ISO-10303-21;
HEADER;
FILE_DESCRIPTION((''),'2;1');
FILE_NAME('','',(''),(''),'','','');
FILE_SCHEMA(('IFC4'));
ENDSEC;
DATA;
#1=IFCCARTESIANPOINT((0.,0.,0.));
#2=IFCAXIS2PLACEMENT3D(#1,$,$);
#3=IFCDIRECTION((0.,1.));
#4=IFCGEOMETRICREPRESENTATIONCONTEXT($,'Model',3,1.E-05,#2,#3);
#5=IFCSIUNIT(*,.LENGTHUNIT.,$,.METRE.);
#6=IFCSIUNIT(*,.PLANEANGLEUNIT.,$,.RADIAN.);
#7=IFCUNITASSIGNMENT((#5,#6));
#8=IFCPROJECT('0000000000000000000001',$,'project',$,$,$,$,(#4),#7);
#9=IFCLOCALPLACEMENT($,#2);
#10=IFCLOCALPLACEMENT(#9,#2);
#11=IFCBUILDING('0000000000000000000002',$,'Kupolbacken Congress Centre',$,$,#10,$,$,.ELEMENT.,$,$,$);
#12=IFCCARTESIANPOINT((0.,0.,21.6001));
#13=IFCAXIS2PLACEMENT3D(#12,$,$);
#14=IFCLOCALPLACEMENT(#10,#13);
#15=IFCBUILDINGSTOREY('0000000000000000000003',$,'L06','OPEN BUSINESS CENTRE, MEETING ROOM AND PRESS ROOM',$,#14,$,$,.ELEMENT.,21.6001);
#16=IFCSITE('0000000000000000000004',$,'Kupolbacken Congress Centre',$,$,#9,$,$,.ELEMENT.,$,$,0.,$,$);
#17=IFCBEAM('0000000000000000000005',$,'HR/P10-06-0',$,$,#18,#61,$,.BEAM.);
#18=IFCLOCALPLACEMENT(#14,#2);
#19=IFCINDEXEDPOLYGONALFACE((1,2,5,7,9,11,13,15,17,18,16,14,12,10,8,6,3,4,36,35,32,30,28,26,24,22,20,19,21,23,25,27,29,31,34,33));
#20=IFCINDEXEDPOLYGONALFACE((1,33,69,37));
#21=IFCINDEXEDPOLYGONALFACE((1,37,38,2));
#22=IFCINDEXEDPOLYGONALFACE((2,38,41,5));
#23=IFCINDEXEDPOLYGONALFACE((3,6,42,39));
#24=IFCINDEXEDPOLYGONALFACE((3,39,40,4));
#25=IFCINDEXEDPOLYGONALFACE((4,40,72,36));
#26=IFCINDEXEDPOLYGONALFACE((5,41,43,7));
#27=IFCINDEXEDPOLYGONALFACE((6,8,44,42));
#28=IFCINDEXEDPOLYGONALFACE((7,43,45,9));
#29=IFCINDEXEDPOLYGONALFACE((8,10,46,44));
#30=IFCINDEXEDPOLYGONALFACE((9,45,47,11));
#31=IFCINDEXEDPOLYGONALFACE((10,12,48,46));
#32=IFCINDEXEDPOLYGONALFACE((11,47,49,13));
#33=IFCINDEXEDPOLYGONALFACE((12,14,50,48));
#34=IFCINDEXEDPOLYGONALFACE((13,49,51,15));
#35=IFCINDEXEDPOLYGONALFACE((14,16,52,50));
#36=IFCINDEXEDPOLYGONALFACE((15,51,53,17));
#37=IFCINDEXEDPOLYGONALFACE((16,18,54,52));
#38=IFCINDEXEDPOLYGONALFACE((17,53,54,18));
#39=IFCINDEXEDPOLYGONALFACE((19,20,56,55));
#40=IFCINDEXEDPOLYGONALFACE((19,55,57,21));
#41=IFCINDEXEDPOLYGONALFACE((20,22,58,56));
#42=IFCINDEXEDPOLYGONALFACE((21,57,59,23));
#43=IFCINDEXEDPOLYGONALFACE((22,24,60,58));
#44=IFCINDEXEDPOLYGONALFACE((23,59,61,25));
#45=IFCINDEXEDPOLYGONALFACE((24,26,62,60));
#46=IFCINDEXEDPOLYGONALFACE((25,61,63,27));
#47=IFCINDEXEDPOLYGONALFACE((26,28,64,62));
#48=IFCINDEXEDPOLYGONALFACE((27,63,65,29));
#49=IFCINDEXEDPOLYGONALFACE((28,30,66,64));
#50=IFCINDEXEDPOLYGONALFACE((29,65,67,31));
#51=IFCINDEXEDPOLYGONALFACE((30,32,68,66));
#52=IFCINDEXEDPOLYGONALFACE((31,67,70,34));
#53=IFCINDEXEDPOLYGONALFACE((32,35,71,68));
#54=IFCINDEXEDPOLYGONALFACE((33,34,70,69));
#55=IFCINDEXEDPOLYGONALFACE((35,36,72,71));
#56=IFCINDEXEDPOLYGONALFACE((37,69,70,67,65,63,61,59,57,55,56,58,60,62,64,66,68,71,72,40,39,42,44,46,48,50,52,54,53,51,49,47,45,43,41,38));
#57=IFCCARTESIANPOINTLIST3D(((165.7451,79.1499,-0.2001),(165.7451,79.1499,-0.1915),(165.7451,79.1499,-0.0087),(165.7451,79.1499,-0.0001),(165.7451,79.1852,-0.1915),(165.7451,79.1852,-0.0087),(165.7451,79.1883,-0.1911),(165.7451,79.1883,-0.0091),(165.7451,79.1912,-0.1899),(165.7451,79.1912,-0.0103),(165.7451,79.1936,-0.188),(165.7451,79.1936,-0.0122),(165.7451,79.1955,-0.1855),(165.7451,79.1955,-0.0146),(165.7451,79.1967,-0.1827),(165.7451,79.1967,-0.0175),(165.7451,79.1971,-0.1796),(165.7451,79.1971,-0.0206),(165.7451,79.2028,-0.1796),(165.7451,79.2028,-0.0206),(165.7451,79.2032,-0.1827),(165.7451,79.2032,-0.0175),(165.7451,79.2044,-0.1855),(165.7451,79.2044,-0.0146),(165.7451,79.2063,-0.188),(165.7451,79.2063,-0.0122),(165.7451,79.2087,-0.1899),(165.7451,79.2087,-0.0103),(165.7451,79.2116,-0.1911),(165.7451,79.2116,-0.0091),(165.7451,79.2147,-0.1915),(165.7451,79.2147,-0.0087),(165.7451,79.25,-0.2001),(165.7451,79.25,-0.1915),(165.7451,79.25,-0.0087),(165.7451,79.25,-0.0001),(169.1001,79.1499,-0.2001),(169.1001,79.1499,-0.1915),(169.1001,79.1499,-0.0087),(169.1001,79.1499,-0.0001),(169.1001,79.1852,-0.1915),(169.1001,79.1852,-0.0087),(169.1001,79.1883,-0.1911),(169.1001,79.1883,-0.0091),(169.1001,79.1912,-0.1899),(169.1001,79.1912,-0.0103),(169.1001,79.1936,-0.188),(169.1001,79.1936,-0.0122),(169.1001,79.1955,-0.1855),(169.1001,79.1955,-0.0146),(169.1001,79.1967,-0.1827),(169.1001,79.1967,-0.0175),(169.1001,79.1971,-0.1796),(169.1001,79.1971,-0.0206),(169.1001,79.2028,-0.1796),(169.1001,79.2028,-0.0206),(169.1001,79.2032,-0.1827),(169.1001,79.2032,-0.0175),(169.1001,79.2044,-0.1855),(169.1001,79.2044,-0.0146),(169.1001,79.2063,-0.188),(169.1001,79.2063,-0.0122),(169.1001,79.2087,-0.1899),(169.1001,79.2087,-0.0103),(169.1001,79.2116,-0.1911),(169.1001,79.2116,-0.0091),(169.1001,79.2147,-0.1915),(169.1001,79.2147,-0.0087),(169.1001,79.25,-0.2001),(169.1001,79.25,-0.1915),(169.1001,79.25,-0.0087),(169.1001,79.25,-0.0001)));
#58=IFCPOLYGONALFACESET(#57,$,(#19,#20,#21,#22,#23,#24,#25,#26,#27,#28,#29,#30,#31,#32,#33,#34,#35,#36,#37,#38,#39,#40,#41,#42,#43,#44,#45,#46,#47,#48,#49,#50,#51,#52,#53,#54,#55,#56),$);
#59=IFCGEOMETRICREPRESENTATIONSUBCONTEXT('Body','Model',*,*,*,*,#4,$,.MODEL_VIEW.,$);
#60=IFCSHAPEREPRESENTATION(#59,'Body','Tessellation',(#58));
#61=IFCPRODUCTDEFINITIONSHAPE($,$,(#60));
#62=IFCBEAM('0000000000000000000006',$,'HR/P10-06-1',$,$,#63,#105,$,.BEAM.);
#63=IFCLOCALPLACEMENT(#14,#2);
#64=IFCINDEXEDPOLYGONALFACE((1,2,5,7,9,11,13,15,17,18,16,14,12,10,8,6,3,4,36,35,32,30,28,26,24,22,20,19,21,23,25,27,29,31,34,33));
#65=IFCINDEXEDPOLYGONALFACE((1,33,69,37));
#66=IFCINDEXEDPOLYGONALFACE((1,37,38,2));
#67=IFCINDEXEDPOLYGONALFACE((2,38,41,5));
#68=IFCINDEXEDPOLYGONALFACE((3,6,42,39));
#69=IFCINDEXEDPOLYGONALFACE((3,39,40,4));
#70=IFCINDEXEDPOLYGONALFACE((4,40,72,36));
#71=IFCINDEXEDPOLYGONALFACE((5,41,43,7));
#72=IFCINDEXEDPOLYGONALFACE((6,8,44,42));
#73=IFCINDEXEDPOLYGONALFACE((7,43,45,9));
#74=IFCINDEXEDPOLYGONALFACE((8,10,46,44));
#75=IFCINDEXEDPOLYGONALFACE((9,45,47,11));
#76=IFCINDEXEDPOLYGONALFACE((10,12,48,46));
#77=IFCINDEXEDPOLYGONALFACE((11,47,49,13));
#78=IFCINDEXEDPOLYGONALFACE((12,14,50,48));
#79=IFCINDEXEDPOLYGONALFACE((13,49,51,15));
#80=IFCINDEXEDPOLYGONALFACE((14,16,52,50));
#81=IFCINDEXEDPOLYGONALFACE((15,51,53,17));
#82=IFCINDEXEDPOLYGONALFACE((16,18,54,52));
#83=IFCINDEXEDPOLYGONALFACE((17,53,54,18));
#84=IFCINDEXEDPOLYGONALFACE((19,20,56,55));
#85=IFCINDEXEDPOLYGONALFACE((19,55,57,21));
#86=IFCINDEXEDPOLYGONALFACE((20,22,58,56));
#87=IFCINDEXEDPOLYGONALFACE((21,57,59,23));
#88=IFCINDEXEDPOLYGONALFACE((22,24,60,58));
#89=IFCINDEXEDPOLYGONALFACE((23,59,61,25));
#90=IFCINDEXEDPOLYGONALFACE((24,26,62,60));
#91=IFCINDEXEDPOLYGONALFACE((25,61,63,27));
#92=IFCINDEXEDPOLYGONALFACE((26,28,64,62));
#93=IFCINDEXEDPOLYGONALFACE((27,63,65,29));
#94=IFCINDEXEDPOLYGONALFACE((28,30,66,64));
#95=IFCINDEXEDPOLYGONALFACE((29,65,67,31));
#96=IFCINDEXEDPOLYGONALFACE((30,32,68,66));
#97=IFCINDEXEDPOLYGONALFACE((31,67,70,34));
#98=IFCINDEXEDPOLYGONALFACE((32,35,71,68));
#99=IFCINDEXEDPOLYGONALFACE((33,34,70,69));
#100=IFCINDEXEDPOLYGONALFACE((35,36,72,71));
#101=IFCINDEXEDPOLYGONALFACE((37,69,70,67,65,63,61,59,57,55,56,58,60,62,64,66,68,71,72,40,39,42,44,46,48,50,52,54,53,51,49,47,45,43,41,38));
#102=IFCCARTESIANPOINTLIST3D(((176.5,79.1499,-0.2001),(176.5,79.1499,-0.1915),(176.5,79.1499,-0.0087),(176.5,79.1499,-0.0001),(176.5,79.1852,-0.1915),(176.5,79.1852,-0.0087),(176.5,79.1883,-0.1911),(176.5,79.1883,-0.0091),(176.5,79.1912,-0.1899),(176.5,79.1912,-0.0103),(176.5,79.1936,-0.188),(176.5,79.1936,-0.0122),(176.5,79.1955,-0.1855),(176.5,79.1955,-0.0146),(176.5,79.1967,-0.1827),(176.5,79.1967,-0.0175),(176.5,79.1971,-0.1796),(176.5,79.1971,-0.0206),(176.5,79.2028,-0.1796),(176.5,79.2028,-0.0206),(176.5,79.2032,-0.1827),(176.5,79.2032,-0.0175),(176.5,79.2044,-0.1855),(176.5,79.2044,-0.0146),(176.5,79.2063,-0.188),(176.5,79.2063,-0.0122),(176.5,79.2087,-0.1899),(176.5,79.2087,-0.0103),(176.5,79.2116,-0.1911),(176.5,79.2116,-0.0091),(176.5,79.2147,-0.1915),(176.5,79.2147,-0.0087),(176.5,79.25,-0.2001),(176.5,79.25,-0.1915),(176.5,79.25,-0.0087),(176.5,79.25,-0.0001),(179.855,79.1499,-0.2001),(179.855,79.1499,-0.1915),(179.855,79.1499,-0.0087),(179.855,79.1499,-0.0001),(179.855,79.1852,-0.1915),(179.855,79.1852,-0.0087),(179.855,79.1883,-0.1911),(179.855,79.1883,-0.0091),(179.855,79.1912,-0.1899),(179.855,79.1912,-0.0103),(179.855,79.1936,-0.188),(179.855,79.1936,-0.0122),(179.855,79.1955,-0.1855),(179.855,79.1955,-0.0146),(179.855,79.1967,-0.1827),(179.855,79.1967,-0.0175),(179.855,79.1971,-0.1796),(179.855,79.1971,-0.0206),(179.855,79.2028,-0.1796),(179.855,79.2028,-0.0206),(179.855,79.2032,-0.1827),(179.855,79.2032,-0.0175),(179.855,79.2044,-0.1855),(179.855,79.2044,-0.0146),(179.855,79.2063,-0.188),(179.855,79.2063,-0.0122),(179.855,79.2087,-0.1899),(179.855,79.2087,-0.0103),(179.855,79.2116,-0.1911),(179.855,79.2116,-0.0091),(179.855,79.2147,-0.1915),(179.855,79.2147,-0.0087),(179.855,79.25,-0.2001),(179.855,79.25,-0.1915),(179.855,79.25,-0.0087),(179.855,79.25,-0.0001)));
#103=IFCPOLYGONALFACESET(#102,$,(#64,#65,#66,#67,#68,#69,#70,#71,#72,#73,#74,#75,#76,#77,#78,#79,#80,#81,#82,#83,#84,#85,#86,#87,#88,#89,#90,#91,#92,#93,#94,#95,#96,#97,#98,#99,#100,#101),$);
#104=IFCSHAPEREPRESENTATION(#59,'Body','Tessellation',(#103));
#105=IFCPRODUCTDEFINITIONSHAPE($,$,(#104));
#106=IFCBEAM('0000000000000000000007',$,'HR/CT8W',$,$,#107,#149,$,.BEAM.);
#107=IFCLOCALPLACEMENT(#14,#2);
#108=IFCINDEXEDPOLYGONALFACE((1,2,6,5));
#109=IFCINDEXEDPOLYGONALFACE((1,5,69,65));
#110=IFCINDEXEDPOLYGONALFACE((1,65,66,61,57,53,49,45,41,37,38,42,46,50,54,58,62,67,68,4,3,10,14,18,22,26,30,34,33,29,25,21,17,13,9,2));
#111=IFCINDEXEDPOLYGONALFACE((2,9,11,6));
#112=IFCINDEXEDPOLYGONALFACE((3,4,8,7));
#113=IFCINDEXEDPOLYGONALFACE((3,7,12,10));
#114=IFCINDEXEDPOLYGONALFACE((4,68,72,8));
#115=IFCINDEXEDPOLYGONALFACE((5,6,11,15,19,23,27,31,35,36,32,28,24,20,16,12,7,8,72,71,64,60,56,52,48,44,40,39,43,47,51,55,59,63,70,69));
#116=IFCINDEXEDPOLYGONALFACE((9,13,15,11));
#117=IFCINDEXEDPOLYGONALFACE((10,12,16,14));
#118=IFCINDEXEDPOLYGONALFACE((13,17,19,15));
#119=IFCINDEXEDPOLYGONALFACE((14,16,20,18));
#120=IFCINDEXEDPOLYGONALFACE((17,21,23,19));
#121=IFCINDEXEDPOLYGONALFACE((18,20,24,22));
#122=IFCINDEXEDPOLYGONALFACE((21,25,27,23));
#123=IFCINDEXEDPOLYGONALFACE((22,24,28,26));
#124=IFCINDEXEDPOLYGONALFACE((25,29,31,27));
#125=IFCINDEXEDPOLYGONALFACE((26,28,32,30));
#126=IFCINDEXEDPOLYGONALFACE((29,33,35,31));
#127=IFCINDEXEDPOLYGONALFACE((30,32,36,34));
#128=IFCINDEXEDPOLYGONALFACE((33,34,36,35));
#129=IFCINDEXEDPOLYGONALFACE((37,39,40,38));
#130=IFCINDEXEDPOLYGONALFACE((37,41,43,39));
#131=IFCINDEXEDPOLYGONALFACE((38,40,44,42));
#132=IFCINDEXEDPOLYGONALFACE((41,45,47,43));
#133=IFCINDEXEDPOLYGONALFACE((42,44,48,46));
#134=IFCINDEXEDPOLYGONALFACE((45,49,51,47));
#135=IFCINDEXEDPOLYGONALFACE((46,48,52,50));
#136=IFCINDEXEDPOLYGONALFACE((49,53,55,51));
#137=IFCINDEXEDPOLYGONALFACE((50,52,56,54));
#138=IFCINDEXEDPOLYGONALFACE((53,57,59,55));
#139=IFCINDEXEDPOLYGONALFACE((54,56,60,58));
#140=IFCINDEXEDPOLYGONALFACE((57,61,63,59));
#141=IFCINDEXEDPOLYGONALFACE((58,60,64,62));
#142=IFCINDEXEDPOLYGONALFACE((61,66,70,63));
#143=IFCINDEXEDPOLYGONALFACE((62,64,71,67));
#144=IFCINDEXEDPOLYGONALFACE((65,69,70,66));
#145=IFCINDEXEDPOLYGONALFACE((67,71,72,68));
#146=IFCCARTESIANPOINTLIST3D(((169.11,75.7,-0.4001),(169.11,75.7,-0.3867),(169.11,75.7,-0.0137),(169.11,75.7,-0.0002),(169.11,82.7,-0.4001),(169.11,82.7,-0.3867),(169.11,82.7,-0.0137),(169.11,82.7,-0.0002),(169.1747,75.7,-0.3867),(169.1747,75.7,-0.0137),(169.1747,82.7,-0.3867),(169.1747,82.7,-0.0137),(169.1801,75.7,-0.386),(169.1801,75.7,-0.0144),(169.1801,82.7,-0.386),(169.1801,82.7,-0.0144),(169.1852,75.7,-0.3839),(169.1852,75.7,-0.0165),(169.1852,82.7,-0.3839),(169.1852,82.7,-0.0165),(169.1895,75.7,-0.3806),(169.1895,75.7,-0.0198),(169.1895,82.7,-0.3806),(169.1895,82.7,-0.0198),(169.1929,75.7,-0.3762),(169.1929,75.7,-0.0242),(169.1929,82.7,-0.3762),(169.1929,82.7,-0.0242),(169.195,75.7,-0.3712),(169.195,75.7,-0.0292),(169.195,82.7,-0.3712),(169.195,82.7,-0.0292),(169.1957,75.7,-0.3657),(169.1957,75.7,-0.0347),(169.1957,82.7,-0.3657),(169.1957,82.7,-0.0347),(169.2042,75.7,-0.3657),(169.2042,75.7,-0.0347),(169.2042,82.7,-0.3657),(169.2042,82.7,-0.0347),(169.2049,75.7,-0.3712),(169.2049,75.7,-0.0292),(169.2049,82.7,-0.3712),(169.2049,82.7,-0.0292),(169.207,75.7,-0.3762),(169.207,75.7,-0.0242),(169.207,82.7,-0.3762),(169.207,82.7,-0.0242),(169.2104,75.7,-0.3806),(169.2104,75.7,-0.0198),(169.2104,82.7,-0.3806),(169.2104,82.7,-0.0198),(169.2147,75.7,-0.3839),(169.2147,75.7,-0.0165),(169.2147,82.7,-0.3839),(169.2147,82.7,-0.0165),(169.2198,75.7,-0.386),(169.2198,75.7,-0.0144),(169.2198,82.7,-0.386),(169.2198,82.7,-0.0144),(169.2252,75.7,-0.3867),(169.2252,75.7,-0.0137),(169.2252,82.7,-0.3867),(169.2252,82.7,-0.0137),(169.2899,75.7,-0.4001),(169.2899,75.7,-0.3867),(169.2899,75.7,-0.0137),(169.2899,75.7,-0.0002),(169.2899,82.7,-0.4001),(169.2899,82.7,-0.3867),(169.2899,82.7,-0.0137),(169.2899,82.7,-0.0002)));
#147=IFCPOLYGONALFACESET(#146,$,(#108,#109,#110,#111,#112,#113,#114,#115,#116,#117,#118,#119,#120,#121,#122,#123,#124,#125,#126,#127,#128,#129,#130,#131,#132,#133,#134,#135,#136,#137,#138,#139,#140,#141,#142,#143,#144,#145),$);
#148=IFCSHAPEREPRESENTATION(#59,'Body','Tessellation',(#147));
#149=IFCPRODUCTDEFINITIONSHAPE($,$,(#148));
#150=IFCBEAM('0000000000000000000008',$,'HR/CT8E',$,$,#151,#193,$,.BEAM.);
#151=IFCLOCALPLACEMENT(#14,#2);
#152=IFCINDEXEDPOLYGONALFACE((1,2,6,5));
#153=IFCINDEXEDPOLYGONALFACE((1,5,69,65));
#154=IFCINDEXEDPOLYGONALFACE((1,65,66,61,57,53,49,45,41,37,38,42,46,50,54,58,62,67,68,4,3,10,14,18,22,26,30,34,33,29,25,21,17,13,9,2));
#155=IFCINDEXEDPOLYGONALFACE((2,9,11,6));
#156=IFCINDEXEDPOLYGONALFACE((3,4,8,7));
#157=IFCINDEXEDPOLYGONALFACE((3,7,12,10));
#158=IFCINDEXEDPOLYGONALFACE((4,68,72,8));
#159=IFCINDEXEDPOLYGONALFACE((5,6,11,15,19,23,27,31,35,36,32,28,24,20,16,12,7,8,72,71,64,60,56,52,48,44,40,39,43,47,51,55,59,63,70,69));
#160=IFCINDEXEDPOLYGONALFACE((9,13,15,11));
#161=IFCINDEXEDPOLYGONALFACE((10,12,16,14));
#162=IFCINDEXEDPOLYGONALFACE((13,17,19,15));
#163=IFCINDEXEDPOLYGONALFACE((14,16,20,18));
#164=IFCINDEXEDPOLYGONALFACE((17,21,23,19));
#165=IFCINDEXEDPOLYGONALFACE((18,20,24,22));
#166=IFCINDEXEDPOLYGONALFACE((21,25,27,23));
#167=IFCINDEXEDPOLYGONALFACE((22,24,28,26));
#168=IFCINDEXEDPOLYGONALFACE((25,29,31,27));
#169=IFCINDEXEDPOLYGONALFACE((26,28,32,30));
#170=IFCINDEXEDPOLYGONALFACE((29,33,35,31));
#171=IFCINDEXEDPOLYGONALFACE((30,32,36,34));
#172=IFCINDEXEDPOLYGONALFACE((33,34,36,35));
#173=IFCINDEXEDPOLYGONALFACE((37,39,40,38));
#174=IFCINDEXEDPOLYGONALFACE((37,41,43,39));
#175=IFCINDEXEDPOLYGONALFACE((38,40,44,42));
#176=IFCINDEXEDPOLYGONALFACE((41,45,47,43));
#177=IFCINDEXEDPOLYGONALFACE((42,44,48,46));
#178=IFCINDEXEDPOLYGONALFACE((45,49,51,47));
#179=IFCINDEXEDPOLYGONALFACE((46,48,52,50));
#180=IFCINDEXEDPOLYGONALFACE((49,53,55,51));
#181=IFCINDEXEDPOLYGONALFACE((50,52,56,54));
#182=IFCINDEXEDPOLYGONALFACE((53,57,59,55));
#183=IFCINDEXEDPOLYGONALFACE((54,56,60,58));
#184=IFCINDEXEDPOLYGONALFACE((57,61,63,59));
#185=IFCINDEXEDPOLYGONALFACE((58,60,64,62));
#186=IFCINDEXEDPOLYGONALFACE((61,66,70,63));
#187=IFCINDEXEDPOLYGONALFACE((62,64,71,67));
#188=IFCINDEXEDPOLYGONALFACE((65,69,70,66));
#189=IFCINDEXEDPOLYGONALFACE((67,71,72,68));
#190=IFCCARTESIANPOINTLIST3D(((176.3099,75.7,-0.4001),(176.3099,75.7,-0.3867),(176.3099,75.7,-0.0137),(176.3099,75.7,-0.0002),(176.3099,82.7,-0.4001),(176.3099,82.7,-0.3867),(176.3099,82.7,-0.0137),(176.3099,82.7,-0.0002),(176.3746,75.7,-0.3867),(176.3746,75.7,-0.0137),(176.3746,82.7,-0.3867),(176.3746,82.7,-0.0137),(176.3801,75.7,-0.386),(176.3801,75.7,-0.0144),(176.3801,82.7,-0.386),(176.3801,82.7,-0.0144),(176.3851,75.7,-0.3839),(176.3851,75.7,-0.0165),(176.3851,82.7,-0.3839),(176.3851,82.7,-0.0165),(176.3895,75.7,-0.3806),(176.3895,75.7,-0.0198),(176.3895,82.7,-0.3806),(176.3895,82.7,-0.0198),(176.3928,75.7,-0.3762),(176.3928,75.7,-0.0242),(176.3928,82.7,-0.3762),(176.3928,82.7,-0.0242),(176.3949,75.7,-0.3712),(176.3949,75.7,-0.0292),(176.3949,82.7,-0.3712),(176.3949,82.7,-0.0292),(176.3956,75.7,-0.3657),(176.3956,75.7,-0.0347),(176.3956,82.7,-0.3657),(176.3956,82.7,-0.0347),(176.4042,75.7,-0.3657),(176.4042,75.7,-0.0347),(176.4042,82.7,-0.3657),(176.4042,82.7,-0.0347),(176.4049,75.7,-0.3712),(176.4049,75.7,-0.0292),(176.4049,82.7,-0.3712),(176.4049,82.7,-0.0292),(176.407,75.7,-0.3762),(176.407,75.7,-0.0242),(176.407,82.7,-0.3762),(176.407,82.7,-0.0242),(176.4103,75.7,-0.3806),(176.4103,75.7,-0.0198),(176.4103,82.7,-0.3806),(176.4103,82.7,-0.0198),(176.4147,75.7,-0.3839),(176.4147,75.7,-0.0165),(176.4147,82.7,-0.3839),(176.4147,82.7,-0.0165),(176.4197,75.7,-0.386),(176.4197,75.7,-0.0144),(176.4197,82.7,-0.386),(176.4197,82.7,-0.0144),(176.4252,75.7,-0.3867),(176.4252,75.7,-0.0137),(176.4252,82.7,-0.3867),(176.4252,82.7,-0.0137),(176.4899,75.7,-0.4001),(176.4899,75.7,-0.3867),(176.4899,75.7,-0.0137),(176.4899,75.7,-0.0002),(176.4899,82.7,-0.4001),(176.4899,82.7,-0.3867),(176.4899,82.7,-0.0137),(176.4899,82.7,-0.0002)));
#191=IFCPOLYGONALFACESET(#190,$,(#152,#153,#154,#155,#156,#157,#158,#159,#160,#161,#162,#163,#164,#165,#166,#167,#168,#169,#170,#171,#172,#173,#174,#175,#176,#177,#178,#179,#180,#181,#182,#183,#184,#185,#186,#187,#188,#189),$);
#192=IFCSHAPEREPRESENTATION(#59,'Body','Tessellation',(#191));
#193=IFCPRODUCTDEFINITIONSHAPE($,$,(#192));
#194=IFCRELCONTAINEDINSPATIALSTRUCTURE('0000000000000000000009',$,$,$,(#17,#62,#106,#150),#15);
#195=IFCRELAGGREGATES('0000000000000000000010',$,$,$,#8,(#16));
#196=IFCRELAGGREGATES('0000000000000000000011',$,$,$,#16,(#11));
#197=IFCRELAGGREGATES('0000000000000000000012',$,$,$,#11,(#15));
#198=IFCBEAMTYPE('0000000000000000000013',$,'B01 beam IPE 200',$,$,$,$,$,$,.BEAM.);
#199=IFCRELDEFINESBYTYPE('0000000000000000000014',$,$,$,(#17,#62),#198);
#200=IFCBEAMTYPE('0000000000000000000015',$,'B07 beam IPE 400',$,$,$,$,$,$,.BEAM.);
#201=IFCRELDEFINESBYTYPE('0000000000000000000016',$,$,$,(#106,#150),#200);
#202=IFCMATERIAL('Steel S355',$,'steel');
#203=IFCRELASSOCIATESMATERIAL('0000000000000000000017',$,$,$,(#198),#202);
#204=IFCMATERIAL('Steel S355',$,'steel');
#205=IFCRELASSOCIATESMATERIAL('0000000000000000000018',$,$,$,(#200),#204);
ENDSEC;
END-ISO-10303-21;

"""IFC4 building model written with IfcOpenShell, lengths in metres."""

from ifc_helpers import new_model, si_unit, direction, frame, origin, origin_2d, place, context, subcontext, project, spatial, i_section, extrude, material, material_profile, profile_set, type_object, element, save


model = new_model("IFC4")

# Units and contexts
model_context = context("Model", 3, precision=1e-05, world=origin(), true_north=direction((0.0, 1.0)))
body_context = subcontext(model_context, "Body", "Model", "MODEL_VIEW")
ifc_project = project(units=[si_unit("LENGTHUNIT", "METRE"), si_unit("PLANEANGLEUNIT", "RADIAN")], contexts=[model_context])

# Site, building, storey
site_placement = place(None, origin())
site = spatial("IfcSite", under=ifc_project, at=site_placement, Name="Kupolbacken Congress Centre", CompositionType="ELEMENT", RefElevation=0.0)
building_placement = place(site_placement, origin())
building = spatial("IfcBuilding", under=site, at=building_placement, Name="Kupolbacken Congress Centre", CompositionType="ELEMENT")
storey_placement = place(building_placement, frame((0.0, 0.0, 21.6001)))
storey = spatial("IfcBuildingStorey", under=building, at=storey_placement, Name="L06", Description="OPEN BUSINESS CENTRE, MEETING ROOM AND PRESS ROOM", CompositionType="ELEMENT", Elevation=21.6001)

# Beams
ifc_material_1 = material(Name="Steel S355", Category="steel")
ifc_material_profile_1 = material_profile(ifc_material_1, i_section(OverallWidth=0.1001, OverallDepth=0.2, WebThickness=0.0056, FlangeThickness=0.0085, FilletRadius=0.012, at=origin_2d()), Name="IPE 200")
ifc_profile_set_1 = profile_set([ifc_material_profile_1], Name="Steel S355")
beam_type_1 = type_object("IfcBeamType", Name="B01 beam IPE 200", PredefinedType="BEAM", material=ifc_profile_set_1)
for number, where, z_axis, x_axis, name in (
    (1, (165.7451, 79.2, -0.1001), (1.0, 0.0, 0.0), (0.0, 1.0, 0.0), "HR/P10-06-0"),
    (2, (176.5, 79.2, -0.1001), (1.0, 0.0, 0.0), (0.0, 1.0, 0.0), "HR/P10-06-1"),
):
    element("IfcBeam", number, at=place(storey_placement, frame(where, z_axis=z_axis, x_axis=x_axis)), inside=storey, type_object=beam_type_1, Name=name, PredefinedType="BEAM", context=body_context, shape_type="SweptSolid", body=[
        extrude(i_section(OverallWidth=0.1001, OverallDepth=0.2, WebThickness=0.0056, FlangeThickness=0.0085, FilletRadius=0.012, at=origin_2d()), origin(), (0.0, 0.0, 1.0), 3.355),
    ])
ifc_material_2 = material(Name="Steel S355", Category="steel")
ifc_material_profile_2 = material_profile(ifc_material_2, i_section(OverallWidth=0.1799, OverallDepth=0.3999, WebThickness=0.0085, FlangeThickness=0.0134, FilletRadius=0.021, at=origin_2d()), Name="IPE 400")
ifc_profile_set_2 = profile_set([ifc_material_profile_2], Name="Steel S355")
beam_type_2 = type_object("IfcBeamType", Name="B07 beam IPE 400", PredefinedType="BEAM", material=ifc_profile_set_2)
for number, where, z_axis, x_axis, name in (
    (3, (169.2, 75.7, -0.2002), (0.0, 1.0, 0.0), (-1.0, 0.0, 0.0), "HR/CT8W"),
    (4, (176.3999, 75.7, -0.2002), (0.0, 1.0, 0.0), (-1.0, 0.0, 0.0), "HR/CT8E"),
):
    element("IfcBeam", number, at=place(storey_placement, frame(where, z_axis=z_axis, x_axis=x_axis)), inside=storey, type_object=beam_type_2, Name=name, PredefinedType="BEAM", context=body_context, shape_type="SweptSolid", body=[
        extrude(i_section(OverallWidth=0.1799, OverallDepth=0.3999, WebThickness=0.0085, FlangeThickness=0.0134, FilletRadius=0.021, at=origin_2d()), origin(), (0.0, 0.0, 1.0), 7.0),
    ])

save(model, "model.ifc")
